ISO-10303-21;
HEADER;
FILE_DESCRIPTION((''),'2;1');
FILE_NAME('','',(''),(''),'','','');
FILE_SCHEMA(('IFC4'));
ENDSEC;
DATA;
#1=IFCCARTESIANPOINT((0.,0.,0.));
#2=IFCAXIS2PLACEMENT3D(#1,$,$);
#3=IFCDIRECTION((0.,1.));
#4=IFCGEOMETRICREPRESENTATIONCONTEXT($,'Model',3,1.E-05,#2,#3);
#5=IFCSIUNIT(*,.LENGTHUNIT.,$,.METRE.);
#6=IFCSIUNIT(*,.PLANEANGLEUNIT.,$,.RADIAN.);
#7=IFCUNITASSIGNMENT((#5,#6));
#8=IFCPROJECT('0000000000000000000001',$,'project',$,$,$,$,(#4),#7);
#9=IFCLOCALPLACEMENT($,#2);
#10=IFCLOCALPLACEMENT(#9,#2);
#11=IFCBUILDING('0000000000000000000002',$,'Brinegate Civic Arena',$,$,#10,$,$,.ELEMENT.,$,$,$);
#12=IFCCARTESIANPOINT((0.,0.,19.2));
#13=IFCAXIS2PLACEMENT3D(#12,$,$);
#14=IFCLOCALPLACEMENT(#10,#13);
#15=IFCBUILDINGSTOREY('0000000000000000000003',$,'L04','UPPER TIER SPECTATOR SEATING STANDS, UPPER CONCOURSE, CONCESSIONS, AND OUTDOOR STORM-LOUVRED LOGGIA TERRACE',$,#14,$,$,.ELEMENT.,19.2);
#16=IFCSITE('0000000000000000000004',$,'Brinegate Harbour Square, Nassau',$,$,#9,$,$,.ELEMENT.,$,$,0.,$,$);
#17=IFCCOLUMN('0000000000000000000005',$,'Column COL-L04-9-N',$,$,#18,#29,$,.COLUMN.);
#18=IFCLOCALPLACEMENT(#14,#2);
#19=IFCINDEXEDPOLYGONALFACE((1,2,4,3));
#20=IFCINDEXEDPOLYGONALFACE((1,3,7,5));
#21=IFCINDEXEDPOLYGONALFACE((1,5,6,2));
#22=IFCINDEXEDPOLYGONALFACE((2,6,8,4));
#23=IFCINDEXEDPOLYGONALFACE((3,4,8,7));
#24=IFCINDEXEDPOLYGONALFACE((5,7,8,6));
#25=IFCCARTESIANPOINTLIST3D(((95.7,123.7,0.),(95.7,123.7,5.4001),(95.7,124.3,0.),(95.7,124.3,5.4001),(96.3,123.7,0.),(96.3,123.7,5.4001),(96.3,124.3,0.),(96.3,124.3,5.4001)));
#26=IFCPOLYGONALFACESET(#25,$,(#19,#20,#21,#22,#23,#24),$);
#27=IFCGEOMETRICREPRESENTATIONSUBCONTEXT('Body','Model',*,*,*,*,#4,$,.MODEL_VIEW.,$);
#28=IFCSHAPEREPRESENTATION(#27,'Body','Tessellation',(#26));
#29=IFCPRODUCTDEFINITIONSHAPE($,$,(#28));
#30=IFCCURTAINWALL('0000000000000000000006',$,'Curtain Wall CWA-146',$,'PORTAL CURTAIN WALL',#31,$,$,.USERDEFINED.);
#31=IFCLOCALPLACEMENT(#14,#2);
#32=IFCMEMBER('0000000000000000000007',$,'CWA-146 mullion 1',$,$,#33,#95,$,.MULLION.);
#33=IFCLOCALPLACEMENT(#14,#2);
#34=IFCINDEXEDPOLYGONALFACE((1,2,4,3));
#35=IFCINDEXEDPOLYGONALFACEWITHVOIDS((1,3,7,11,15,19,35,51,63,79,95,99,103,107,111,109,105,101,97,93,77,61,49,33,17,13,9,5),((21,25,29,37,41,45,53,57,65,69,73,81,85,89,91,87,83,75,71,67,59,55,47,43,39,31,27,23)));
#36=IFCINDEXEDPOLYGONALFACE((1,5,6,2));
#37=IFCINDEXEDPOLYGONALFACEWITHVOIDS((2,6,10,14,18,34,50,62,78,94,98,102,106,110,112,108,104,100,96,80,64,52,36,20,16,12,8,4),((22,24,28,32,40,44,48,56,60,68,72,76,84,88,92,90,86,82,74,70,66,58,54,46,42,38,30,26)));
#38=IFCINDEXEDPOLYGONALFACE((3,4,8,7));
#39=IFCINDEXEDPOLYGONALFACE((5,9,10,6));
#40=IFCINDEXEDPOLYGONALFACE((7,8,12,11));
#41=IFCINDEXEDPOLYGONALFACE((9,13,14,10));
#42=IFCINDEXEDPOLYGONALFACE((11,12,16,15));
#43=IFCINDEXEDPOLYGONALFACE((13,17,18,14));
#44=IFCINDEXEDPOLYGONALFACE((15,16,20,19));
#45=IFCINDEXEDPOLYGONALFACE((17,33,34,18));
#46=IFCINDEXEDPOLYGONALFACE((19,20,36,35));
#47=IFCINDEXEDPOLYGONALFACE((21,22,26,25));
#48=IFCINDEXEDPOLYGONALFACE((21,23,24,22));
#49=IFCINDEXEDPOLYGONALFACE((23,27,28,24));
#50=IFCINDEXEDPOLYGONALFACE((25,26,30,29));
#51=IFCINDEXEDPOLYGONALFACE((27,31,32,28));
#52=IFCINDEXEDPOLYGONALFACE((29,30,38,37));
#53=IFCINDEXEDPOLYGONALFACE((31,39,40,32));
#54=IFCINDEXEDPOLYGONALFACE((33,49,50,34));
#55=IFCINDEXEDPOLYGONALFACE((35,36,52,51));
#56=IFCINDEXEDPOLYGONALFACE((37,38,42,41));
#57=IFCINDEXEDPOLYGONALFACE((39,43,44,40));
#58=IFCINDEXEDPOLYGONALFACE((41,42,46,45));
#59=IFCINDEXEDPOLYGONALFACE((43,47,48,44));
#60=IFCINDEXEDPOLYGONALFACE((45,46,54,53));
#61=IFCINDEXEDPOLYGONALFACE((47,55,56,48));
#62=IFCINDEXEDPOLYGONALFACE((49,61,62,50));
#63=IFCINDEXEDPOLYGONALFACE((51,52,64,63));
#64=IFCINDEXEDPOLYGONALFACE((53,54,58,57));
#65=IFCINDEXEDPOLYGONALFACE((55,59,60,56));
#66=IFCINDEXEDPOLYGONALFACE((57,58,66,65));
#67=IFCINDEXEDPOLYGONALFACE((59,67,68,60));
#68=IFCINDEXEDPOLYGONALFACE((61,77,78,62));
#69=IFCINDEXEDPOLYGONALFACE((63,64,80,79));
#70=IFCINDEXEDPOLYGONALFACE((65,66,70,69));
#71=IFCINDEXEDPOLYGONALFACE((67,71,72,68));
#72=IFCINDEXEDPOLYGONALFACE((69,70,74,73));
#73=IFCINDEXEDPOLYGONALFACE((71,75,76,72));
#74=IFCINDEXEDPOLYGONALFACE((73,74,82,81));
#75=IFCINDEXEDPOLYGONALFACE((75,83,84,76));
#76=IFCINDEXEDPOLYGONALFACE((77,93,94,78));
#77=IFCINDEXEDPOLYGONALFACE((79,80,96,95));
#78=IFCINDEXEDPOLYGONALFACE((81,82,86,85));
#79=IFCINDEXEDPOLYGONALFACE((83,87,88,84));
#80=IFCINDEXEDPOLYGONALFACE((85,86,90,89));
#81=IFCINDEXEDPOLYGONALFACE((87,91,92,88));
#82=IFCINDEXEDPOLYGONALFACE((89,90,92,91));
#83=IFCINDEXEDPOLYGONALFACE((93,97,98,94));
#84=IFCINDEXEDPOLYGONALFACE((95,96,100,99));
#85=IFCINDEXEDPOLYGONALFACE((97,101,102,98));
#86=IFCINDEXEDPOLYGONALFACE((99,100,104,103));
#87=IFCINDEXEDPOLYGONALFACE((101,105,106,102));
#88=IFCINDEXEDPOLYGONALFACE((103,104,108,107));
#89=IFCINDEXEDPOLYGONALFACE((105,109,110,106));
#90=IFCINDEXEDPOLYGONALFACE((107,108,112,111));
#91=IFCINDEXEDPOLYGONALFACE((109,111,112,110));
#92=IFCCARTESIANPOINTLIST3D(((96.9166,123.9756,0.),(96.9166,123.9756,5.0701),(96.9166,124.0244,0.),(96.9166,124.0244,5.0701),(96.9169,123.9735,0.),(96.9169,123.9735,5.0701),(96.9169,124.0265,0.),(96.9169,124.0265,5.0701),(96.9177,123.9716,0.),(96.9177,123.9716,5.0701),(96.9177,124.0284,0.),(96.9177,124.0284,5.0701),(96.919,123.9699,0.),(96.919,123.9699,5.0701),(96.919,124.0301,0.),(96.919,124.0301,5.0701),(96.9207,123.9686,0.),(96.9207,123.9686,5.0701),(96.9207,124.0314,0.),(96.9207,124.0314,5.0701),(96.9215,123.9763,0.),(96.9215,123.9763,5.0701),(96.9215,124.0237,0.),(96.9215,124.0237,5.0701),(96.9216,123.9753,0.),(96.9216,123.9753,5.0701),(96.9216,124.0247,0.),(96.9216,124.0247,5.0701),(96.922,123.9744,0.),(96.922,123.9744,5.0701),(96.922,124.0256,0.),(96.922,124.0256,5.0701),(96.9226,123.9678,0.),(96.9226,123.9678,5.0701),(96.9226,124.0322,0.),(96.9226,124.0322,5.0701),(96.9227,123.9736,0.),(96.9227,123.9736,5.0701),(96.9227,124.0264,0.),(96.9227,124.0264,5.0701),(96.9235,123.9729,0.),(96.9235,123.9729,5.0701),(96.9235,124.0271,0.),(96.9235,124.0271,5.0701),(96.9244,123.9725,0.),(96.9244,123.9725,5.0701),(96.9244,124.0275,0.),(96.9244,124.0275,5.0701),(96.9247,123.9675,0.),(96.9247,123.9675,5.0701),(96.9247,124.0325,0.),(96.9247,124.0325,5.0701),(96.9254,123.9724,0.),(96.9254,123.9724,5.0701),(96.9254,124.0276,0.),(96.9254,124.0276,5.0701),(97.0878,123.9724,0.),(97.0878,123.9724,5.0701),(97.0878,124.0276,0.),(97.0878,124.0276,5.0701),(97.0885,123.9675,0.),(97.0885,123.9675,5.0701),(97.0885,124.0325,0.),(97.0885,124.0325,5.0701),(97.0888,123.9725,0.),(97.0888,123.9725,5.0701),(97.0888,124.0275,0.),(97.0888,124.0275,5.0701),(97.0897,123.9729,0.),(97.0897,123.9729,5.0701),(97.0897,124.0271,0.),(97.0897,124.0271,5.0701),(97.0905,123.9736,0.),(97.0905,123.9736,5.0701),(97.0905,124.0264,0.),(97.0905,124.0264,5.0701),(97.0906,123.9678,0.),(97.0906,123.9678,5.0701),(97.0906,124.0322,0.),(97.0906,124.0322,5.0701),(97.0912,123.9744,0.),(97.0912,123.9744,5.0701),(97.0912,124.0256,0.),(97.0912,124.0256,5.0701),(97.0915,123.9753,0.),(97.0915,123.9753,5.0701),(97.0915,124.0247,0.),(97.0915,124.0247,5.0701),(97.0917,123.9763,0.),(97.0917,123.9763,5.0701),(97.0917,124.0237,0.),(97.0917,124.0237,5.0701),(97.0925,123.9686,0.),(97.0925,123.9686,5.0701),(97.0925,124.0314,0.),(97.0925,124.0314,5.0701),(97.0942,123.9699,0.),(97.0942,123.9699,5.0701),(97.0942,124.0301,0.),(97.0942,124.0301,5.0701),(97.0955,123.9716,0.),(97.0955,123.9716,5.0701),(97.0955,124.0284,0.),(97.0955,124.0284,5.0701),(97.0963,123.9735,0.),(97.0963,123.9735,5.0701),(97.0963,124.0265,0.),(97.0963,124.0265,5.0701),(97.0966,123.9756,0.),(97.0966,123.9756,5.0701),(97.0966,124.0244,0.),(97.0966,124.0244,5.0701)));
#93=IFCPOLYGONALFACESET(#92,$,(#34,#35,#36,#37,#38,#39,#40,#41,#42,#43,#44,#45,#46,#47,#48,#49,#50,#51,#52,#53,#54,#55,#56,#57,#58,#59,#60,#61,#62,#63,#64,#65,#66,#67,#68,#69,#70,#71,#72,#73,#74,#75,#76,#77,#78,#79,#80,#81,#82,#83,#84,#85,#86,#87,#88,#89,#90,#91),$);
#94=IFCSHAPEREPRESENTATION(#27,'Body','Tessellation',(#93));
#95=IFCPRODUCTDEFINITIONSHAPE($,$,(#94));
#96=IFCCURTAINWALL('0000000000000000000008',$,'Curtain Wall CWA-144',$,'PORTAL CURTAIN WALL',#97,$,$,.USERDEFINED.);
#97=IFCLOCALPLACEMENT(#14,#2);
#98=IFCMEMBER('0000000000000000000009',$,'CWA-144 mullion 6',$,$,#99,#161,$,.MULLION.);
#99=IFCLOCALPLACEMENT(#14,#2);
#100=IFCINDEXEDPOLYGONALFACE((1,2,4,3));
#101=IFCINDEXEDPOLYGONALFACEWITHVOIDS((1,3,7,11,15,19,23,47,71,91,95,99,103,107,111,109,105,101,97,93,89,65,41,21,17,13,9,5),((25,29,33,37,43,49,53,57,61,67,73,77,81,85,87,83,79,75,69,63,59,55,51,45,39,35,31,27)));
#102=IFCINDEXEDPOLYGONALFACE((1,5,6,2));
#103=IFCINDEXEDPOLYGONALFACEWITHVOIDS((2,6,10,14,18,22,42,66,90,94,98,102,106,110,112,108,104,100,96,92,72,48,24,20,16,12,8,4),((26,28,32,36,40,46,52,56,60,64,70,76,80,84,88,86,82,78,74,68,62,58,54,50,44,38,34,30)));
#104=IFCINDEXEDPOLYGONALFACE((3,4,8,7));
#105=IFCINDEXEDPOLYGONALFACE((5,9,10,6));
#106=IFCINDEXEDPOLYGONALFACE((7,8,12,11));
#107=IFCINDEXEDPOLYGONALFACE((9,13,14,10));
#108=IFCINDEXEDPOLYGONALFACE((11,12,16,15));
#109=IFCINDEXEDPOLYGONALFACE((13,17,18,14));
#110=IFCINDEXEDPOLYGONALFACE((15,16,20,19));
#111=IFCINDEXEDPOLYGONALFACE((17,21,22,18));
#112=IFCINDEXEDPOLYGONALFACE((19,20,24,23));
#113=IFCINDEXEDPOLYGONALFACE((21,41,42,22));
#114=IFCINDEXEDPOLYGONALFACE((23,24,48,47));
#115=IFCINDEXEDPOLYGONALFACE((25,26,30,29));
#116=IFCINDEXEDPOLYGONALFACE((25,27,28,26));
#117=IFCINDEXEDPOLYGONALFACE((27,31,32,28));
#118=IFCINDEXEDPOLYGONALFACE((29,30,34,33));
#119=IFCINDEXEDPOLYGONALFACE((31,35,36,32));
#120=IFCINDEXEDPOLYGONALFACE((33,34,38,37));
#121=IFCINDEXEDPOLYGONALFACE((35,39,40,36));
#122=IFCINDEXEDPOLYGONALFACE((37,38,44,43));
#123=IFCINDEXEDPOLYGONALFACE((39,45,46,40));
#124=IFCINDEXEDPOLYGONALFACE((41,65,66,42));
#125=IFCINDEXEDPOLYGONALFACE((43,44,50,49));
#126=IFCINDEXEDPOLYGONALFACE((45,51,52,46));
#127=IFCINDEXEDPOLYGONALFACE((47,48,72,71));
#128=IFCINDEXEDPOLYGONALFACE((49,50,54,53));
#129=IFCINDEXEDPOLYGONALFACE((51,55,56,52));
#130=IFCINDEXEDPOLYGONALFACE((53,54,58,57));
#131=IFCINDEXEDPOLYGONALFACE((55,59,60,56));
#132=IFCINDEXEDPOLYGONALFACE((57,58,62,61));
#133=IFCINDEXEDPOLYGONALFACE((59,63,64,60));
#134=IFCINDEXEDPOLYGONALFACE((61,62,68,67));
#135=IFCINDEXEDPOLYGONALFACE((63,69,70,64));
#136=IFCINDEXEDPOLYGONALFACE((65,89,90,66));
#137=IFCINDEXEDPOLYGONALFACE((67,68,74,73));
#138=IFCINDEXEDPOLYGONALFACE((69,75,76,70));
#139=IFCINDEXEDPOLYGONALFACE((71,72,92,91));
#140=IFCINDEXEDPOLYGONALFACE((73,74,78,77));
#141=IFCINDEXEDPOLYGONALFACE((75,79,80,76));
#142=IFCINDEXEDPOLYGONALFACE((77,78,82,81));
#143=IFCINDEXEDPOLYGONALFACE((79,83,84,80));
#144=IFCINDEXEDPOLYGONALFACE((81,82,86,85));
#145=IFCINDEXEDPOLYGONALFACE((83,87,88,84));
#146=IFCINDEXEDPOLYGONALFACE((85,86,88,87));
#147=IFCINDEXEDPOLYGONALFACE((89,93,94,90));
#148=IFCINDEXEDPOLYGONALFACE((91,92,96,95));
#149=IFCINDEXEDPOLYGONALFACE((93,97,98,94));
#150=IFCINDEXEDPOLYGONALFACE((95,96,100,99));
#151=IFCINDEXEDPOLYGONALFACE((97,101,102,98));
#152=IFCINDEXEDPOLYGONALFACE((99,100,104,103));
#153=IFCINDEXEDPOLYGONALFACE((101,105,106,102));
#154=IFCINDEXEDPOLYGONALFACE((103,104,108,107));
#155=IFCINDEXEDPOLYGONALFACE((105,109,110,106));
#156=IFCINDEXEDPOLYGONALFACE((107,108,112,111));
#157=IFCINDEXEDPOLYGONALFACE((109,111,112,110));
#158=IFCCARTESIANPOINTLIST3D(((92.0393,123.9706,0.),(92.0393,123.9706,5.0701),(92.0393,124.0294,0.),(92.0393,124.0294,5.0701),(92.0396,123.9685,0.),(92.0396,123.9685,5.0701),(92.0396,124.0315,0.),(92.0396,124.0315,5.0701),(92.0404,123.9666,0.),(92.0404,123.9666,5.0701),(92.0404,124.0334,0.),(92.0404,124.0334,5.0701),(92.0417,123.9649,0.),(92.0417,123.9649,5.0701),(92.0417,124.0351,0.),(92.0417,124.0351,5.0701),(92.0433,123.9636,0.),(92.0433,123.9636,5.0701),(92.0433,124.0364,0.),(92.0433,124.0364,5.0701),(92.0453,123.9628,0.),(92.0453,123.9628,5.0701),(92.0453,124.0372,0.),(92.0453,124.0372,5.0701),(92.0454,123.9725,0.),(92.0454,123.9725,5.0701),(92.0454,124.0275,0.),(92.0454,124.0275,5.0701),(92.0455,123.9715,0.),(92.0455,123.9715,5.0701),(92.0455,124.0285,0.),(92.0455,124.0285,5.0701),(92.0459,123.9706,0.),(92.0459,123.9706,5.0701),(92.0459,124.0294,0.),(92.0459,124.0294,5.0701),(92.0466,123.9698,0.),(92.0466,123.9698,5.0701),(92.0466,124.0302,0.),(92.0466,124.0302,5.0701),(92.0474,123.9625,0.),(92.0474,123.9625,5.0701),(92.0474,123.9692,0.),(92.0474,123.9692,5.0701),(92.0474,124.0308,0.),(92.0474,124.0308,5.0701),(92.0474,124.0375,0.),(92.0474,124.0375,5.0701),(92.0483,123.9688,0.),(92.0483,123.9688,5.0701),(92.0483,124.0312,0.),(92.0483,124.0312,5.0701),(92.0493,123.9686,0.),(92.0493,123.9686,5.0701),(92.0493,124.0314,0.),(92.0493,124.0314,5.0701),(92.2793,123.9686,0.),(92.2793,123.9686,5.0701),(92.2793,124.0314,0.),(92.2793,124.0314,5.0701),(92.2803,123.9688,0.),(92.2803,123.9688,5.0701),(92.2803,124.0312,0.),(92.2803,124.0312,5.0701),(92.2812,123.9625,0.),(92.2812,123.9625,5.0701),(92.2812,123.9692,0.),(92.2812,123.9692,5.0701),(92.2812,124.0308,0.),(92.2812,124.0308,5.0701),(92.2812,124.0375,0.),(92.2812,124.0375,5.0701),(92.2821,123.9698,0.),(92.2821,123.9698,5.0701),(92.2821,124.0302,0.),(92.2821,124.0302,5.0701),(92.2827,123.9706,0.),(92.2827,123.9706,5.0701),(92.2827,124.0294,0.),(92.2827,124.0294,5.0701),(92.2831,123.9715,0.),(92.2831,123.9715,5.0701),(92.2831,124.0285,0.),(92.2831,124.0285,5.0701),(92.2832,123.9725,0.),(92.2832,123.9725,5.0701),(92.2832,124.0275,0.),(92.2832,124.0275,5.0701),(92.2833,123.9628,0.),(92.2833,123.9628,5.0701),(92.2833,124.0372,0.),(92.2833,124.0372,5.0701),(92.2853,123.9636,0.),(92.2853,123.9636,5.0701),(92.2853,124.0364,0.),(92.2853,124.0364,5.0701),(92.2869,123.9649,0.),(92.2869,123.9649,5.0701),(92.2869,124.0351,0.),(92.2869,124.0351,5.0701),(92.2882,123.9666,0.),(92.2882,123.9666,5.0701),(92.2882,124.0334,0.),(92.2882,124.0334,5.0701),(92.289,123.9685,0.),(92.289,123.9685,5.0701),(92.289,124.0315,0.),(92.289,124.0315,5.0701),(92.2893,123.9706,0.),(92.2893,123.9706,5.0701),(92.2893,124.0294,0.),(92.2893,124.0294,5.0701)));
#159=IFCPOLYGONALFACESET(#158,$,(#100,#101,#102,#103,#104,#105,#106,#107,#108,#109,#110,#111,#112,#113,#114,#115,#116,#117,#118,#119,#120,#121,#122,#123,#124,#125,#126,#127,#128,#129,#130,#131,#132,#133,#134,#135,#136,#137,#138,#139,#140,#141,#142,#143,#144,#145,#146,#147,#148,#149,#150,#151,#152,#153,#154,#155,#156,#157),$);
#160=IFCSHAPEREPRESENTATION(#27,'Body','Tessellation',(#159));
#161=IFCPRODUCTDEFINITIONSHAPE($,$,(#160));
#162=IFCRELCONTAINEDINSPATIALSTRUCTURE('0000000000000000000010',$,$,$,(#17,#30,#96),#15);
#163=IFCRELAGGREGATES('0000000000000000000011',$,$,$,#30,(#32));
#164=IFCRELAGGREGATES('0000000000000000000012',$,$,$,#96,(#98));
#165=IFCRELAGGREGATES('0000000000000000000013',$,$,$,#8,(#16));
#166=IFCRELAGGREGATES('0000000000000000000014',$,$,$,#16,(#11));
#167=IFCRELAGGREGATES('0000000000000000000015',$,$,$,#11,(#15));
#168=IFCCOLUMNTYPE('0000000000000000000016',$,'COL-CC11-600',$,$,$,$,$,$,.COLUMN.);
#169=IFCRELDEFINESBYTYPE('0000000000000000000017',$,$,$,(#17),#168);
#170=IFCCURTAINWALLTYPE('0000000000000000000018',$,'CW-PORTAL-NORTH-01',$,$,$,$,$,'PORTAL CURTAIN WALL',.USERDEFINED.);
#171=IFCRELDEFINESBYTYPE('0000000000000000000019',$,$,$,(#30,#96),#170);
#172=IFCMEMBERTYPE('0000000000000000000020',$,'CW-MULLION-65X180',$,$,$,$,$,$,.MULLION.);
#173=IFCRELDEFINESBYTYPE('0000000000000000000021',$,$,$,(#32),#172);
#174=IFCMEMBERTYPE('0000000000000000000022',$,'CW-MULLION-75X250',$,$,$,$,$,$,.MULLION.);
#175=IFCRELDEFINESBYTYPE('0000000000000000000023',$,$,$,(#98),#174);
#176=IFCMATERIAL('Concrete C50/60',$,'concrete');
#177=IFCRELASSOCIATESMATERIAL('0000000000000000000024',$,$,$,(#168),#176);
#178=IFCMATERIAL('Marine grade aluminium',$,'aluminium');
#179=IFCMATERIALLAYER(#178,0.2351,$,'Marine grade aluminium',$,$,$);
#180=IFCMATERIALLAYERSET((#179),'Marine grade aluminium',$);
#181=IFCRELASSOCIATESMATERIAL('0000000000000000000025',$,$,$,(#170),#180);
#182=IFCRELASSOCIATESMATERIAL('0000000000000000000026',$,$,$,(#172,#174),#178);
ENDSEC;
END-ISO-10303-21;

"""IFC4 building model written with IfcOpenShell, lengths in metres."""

from ifc_helpers import new_model, si_unit, direction, frame, origin, origin_2d, place, context, subcontext, project, spatial, rectangle, hollow_rectangle, extrude, material, layer, layer_set, material_profile, profile_set, type_object, element, aggregate, save


model = new_model("IFC4")

# Units and contexts
model_context = context("Model", 3, precision=1e-05, world=origin(), true_north=direction((0.0, 1.0)))
body_context = subcontext(model_context, "Body", "Model", "MODEL_VIEW")
ifc_project = project(units=[si_unit("LENGTHUNIT", "METRE"), si_unit("PLANEANGLEUNIT", "RADIAN")], contexts=[model_context])

# Site, building, storey
site_placement = place(None, origin())
site = spatial("IfcSite", under=ifc_project, at=site_placement, Name="Brinegate Harbour Square, Nassau", CompositionType="ELEMENT", RefElevation=0.0)
building_placement = place(site_placement, origin())
building = spatial("IfcBuilding", under=site, at=building_placement, Name="Brinegate Civic Arena", CompositionType="ELEMENT")
storey_placement = place(building_placement, frame((0.0, 0.0, 19.2)))
storey = spatial("IfcBuildingStorey", under=building, at=storey_placement, Name="L04", Description="UPPER TIER SPECTATOR SEATING STANDS, UPPER CONCOURSE, CONCESSIONS, AND OUTDOOR STORM-LOUVRED LOGGIA TERRACE", CompositionType="ELEMENT", Elevation=19.2)

# Column
ifc_material_1 = material(Name="Concrete C50/60", Category="concrete")
ifc_material_profile_1 = material_profile(ifc_material_1, rectangle(XDim=0.6001, YDim=0.6001, at=origin_2d()), Name="RC600X600")
ifc_profile_set_1 = profile_set([ifc_material_profile_1], Name="Concrete C50/60")
column_type = type_object("IfcColumnType", Name="COL-CC11-600", PredefinedType="COLUMN", material=ifc_profile_set_1)
column_placement = place(storey_placement, frame((96.0, 124.0, 0.0), z_axis=(0.0, 0.0, 1.0), x_axis=(1.0, 0.0, 0.0)))
element("IfcColumn", 1, at=column_placement, inside=storey, type_object=column_type, Name="Column COL-L04-9-N", PredefinedType="COLUMN", context=body_context, shape_type="SweptSolid", body=[
    extrude(rectangle(XDim=0.6001, YDim=0.6001, at=origin_2d()), origin(), (0.0, 0.0, 1.0), 5.4001),
])

# Curtain wall, member
ifc_material_2 = material(Name="Marine grade aluminium", Category="aluminium")
ifc_layer_1 = layer(ifc_material_2, 0.2351, Name="Marine grade aluminium")
ifc_layer_set_1 = layer_set([ifc_layer_1], Name="Marine grade aluminium")
curtain_wall_type = type_object("IfcCurtainWallType", Name="CW-PORTAL-NORTH-01", ElementType="PORTAL CURTAIN WALL", PredefinedType="USERDEFINED", material=ifc_layer_set_1)
curtain_wall_1_placement = place(storey_placement, origin())
curtain_wall_1 = element("IfcCurtainWall", 2, at=curtain_wall_1_placement, inside=storey, type_object=curtain_wall_type, Name="Curtain Wall CWA-146", ObjectType="PORTAL CURTAIN WALL", PredefinedType="USERDEFINED")
ifc_material_profile_2 = material_profile(ifc_material_2, hollow_rectangle(XDim=0.0649, YDim=0.1799, WallThickness=0.0049, InnerFilletRadius=0.0039, OuterFilletRadius=0.0081, at=origin_2d()), Name="MUL65X180")
ifc_profile_set_2 = profile_set([ifc_material_profile_2], Name="Marine grade aluminium")
member_type_1 = type_object("IfcMemberType", Name="CW-MULLION-65X180", PredefinedType="MULLION", material=ifc_profile_set_2)
member_1_placement = place(storey_placement, frame((97.0066, 124.0, 0.0), z_axis=(0.0, 0.0, 1.0), x_axis=(0.0, 1.0, 0.0)))
member_1 = element("IfcMember", 3, at=member_1_placement, type_object=member_type_1, Name="CWA-146 mullion 1", PredefinedType="MULLION", context=body_context, shape_type="SweptSolid", body=[
    extrude(hollow_rectangle(XDim=0.0649, YDim=0.1799, WallThickness=0.0049, InnerFilletRadius=0.0039, OuterFilletRadius=0.0081, at=origin_2d()), origin(), (0.0, 0.0, 1.0), 5.0701),
])

# Curtain wall, member
curtain_wall_2_placement = place(storey_placement, origin())
curtain_wall_2 = element("IfcCurtainWall", 4, at=curtain_wall_2_placement, inside=storey, type_object=curtain_wall_type, Name="Curtain Wall CWA-144", ObjectType="PORTAL CURTAIN WALL", PredefinedType="USERDEFINED")
ifc_material_profile_3 = material_profile(ifc_material_2, hollow_rectangle(XDim=0.075, YDim=0.25, WallThickness=0.0061, InnerFilletRadius=0.0039, OuterFilletRadius=0.0081, at=origin_2d()), Name="MUL75X250")
ifc_profile_set_3 = profile_set([ifc_material_profile_3], Name="Marine grade aluminium")
member_type_2 = type_object("IfcMemberType", Name="CW-MULLION-75X250", PredefinedType="MULLION", material=ifc_profile_set_3)
member_2_placement = place(storey_placement, frame((92.1643, 124.0, 0.0), z_axis=(0.0, 0.0, 1.0), x_axis=(0.0, 1.0, 0.0)))
member_2 = element("IfcMember", 5, at=member_2_placement, type_object=member_type_2, Name="CWA-144 mullion 6", PredefinedType="MULLION", context=body_context, shape_type="SweptSolid", body=[
    extrude(hollow_rectangle(XDim=0.075, YDim=0.25, WallThickness=0.0061, InnerFilletRadius=0.0039, OuterFilletRadius=0.0081, at=origin_2d()), origin(), (0.0, 0.0, 1.0), 5.0701),
])

aggregate(curtain_wall_1, [member_1])
aggregate(curtain_wall_2, [member_2])

save(model, "model.ifc")
